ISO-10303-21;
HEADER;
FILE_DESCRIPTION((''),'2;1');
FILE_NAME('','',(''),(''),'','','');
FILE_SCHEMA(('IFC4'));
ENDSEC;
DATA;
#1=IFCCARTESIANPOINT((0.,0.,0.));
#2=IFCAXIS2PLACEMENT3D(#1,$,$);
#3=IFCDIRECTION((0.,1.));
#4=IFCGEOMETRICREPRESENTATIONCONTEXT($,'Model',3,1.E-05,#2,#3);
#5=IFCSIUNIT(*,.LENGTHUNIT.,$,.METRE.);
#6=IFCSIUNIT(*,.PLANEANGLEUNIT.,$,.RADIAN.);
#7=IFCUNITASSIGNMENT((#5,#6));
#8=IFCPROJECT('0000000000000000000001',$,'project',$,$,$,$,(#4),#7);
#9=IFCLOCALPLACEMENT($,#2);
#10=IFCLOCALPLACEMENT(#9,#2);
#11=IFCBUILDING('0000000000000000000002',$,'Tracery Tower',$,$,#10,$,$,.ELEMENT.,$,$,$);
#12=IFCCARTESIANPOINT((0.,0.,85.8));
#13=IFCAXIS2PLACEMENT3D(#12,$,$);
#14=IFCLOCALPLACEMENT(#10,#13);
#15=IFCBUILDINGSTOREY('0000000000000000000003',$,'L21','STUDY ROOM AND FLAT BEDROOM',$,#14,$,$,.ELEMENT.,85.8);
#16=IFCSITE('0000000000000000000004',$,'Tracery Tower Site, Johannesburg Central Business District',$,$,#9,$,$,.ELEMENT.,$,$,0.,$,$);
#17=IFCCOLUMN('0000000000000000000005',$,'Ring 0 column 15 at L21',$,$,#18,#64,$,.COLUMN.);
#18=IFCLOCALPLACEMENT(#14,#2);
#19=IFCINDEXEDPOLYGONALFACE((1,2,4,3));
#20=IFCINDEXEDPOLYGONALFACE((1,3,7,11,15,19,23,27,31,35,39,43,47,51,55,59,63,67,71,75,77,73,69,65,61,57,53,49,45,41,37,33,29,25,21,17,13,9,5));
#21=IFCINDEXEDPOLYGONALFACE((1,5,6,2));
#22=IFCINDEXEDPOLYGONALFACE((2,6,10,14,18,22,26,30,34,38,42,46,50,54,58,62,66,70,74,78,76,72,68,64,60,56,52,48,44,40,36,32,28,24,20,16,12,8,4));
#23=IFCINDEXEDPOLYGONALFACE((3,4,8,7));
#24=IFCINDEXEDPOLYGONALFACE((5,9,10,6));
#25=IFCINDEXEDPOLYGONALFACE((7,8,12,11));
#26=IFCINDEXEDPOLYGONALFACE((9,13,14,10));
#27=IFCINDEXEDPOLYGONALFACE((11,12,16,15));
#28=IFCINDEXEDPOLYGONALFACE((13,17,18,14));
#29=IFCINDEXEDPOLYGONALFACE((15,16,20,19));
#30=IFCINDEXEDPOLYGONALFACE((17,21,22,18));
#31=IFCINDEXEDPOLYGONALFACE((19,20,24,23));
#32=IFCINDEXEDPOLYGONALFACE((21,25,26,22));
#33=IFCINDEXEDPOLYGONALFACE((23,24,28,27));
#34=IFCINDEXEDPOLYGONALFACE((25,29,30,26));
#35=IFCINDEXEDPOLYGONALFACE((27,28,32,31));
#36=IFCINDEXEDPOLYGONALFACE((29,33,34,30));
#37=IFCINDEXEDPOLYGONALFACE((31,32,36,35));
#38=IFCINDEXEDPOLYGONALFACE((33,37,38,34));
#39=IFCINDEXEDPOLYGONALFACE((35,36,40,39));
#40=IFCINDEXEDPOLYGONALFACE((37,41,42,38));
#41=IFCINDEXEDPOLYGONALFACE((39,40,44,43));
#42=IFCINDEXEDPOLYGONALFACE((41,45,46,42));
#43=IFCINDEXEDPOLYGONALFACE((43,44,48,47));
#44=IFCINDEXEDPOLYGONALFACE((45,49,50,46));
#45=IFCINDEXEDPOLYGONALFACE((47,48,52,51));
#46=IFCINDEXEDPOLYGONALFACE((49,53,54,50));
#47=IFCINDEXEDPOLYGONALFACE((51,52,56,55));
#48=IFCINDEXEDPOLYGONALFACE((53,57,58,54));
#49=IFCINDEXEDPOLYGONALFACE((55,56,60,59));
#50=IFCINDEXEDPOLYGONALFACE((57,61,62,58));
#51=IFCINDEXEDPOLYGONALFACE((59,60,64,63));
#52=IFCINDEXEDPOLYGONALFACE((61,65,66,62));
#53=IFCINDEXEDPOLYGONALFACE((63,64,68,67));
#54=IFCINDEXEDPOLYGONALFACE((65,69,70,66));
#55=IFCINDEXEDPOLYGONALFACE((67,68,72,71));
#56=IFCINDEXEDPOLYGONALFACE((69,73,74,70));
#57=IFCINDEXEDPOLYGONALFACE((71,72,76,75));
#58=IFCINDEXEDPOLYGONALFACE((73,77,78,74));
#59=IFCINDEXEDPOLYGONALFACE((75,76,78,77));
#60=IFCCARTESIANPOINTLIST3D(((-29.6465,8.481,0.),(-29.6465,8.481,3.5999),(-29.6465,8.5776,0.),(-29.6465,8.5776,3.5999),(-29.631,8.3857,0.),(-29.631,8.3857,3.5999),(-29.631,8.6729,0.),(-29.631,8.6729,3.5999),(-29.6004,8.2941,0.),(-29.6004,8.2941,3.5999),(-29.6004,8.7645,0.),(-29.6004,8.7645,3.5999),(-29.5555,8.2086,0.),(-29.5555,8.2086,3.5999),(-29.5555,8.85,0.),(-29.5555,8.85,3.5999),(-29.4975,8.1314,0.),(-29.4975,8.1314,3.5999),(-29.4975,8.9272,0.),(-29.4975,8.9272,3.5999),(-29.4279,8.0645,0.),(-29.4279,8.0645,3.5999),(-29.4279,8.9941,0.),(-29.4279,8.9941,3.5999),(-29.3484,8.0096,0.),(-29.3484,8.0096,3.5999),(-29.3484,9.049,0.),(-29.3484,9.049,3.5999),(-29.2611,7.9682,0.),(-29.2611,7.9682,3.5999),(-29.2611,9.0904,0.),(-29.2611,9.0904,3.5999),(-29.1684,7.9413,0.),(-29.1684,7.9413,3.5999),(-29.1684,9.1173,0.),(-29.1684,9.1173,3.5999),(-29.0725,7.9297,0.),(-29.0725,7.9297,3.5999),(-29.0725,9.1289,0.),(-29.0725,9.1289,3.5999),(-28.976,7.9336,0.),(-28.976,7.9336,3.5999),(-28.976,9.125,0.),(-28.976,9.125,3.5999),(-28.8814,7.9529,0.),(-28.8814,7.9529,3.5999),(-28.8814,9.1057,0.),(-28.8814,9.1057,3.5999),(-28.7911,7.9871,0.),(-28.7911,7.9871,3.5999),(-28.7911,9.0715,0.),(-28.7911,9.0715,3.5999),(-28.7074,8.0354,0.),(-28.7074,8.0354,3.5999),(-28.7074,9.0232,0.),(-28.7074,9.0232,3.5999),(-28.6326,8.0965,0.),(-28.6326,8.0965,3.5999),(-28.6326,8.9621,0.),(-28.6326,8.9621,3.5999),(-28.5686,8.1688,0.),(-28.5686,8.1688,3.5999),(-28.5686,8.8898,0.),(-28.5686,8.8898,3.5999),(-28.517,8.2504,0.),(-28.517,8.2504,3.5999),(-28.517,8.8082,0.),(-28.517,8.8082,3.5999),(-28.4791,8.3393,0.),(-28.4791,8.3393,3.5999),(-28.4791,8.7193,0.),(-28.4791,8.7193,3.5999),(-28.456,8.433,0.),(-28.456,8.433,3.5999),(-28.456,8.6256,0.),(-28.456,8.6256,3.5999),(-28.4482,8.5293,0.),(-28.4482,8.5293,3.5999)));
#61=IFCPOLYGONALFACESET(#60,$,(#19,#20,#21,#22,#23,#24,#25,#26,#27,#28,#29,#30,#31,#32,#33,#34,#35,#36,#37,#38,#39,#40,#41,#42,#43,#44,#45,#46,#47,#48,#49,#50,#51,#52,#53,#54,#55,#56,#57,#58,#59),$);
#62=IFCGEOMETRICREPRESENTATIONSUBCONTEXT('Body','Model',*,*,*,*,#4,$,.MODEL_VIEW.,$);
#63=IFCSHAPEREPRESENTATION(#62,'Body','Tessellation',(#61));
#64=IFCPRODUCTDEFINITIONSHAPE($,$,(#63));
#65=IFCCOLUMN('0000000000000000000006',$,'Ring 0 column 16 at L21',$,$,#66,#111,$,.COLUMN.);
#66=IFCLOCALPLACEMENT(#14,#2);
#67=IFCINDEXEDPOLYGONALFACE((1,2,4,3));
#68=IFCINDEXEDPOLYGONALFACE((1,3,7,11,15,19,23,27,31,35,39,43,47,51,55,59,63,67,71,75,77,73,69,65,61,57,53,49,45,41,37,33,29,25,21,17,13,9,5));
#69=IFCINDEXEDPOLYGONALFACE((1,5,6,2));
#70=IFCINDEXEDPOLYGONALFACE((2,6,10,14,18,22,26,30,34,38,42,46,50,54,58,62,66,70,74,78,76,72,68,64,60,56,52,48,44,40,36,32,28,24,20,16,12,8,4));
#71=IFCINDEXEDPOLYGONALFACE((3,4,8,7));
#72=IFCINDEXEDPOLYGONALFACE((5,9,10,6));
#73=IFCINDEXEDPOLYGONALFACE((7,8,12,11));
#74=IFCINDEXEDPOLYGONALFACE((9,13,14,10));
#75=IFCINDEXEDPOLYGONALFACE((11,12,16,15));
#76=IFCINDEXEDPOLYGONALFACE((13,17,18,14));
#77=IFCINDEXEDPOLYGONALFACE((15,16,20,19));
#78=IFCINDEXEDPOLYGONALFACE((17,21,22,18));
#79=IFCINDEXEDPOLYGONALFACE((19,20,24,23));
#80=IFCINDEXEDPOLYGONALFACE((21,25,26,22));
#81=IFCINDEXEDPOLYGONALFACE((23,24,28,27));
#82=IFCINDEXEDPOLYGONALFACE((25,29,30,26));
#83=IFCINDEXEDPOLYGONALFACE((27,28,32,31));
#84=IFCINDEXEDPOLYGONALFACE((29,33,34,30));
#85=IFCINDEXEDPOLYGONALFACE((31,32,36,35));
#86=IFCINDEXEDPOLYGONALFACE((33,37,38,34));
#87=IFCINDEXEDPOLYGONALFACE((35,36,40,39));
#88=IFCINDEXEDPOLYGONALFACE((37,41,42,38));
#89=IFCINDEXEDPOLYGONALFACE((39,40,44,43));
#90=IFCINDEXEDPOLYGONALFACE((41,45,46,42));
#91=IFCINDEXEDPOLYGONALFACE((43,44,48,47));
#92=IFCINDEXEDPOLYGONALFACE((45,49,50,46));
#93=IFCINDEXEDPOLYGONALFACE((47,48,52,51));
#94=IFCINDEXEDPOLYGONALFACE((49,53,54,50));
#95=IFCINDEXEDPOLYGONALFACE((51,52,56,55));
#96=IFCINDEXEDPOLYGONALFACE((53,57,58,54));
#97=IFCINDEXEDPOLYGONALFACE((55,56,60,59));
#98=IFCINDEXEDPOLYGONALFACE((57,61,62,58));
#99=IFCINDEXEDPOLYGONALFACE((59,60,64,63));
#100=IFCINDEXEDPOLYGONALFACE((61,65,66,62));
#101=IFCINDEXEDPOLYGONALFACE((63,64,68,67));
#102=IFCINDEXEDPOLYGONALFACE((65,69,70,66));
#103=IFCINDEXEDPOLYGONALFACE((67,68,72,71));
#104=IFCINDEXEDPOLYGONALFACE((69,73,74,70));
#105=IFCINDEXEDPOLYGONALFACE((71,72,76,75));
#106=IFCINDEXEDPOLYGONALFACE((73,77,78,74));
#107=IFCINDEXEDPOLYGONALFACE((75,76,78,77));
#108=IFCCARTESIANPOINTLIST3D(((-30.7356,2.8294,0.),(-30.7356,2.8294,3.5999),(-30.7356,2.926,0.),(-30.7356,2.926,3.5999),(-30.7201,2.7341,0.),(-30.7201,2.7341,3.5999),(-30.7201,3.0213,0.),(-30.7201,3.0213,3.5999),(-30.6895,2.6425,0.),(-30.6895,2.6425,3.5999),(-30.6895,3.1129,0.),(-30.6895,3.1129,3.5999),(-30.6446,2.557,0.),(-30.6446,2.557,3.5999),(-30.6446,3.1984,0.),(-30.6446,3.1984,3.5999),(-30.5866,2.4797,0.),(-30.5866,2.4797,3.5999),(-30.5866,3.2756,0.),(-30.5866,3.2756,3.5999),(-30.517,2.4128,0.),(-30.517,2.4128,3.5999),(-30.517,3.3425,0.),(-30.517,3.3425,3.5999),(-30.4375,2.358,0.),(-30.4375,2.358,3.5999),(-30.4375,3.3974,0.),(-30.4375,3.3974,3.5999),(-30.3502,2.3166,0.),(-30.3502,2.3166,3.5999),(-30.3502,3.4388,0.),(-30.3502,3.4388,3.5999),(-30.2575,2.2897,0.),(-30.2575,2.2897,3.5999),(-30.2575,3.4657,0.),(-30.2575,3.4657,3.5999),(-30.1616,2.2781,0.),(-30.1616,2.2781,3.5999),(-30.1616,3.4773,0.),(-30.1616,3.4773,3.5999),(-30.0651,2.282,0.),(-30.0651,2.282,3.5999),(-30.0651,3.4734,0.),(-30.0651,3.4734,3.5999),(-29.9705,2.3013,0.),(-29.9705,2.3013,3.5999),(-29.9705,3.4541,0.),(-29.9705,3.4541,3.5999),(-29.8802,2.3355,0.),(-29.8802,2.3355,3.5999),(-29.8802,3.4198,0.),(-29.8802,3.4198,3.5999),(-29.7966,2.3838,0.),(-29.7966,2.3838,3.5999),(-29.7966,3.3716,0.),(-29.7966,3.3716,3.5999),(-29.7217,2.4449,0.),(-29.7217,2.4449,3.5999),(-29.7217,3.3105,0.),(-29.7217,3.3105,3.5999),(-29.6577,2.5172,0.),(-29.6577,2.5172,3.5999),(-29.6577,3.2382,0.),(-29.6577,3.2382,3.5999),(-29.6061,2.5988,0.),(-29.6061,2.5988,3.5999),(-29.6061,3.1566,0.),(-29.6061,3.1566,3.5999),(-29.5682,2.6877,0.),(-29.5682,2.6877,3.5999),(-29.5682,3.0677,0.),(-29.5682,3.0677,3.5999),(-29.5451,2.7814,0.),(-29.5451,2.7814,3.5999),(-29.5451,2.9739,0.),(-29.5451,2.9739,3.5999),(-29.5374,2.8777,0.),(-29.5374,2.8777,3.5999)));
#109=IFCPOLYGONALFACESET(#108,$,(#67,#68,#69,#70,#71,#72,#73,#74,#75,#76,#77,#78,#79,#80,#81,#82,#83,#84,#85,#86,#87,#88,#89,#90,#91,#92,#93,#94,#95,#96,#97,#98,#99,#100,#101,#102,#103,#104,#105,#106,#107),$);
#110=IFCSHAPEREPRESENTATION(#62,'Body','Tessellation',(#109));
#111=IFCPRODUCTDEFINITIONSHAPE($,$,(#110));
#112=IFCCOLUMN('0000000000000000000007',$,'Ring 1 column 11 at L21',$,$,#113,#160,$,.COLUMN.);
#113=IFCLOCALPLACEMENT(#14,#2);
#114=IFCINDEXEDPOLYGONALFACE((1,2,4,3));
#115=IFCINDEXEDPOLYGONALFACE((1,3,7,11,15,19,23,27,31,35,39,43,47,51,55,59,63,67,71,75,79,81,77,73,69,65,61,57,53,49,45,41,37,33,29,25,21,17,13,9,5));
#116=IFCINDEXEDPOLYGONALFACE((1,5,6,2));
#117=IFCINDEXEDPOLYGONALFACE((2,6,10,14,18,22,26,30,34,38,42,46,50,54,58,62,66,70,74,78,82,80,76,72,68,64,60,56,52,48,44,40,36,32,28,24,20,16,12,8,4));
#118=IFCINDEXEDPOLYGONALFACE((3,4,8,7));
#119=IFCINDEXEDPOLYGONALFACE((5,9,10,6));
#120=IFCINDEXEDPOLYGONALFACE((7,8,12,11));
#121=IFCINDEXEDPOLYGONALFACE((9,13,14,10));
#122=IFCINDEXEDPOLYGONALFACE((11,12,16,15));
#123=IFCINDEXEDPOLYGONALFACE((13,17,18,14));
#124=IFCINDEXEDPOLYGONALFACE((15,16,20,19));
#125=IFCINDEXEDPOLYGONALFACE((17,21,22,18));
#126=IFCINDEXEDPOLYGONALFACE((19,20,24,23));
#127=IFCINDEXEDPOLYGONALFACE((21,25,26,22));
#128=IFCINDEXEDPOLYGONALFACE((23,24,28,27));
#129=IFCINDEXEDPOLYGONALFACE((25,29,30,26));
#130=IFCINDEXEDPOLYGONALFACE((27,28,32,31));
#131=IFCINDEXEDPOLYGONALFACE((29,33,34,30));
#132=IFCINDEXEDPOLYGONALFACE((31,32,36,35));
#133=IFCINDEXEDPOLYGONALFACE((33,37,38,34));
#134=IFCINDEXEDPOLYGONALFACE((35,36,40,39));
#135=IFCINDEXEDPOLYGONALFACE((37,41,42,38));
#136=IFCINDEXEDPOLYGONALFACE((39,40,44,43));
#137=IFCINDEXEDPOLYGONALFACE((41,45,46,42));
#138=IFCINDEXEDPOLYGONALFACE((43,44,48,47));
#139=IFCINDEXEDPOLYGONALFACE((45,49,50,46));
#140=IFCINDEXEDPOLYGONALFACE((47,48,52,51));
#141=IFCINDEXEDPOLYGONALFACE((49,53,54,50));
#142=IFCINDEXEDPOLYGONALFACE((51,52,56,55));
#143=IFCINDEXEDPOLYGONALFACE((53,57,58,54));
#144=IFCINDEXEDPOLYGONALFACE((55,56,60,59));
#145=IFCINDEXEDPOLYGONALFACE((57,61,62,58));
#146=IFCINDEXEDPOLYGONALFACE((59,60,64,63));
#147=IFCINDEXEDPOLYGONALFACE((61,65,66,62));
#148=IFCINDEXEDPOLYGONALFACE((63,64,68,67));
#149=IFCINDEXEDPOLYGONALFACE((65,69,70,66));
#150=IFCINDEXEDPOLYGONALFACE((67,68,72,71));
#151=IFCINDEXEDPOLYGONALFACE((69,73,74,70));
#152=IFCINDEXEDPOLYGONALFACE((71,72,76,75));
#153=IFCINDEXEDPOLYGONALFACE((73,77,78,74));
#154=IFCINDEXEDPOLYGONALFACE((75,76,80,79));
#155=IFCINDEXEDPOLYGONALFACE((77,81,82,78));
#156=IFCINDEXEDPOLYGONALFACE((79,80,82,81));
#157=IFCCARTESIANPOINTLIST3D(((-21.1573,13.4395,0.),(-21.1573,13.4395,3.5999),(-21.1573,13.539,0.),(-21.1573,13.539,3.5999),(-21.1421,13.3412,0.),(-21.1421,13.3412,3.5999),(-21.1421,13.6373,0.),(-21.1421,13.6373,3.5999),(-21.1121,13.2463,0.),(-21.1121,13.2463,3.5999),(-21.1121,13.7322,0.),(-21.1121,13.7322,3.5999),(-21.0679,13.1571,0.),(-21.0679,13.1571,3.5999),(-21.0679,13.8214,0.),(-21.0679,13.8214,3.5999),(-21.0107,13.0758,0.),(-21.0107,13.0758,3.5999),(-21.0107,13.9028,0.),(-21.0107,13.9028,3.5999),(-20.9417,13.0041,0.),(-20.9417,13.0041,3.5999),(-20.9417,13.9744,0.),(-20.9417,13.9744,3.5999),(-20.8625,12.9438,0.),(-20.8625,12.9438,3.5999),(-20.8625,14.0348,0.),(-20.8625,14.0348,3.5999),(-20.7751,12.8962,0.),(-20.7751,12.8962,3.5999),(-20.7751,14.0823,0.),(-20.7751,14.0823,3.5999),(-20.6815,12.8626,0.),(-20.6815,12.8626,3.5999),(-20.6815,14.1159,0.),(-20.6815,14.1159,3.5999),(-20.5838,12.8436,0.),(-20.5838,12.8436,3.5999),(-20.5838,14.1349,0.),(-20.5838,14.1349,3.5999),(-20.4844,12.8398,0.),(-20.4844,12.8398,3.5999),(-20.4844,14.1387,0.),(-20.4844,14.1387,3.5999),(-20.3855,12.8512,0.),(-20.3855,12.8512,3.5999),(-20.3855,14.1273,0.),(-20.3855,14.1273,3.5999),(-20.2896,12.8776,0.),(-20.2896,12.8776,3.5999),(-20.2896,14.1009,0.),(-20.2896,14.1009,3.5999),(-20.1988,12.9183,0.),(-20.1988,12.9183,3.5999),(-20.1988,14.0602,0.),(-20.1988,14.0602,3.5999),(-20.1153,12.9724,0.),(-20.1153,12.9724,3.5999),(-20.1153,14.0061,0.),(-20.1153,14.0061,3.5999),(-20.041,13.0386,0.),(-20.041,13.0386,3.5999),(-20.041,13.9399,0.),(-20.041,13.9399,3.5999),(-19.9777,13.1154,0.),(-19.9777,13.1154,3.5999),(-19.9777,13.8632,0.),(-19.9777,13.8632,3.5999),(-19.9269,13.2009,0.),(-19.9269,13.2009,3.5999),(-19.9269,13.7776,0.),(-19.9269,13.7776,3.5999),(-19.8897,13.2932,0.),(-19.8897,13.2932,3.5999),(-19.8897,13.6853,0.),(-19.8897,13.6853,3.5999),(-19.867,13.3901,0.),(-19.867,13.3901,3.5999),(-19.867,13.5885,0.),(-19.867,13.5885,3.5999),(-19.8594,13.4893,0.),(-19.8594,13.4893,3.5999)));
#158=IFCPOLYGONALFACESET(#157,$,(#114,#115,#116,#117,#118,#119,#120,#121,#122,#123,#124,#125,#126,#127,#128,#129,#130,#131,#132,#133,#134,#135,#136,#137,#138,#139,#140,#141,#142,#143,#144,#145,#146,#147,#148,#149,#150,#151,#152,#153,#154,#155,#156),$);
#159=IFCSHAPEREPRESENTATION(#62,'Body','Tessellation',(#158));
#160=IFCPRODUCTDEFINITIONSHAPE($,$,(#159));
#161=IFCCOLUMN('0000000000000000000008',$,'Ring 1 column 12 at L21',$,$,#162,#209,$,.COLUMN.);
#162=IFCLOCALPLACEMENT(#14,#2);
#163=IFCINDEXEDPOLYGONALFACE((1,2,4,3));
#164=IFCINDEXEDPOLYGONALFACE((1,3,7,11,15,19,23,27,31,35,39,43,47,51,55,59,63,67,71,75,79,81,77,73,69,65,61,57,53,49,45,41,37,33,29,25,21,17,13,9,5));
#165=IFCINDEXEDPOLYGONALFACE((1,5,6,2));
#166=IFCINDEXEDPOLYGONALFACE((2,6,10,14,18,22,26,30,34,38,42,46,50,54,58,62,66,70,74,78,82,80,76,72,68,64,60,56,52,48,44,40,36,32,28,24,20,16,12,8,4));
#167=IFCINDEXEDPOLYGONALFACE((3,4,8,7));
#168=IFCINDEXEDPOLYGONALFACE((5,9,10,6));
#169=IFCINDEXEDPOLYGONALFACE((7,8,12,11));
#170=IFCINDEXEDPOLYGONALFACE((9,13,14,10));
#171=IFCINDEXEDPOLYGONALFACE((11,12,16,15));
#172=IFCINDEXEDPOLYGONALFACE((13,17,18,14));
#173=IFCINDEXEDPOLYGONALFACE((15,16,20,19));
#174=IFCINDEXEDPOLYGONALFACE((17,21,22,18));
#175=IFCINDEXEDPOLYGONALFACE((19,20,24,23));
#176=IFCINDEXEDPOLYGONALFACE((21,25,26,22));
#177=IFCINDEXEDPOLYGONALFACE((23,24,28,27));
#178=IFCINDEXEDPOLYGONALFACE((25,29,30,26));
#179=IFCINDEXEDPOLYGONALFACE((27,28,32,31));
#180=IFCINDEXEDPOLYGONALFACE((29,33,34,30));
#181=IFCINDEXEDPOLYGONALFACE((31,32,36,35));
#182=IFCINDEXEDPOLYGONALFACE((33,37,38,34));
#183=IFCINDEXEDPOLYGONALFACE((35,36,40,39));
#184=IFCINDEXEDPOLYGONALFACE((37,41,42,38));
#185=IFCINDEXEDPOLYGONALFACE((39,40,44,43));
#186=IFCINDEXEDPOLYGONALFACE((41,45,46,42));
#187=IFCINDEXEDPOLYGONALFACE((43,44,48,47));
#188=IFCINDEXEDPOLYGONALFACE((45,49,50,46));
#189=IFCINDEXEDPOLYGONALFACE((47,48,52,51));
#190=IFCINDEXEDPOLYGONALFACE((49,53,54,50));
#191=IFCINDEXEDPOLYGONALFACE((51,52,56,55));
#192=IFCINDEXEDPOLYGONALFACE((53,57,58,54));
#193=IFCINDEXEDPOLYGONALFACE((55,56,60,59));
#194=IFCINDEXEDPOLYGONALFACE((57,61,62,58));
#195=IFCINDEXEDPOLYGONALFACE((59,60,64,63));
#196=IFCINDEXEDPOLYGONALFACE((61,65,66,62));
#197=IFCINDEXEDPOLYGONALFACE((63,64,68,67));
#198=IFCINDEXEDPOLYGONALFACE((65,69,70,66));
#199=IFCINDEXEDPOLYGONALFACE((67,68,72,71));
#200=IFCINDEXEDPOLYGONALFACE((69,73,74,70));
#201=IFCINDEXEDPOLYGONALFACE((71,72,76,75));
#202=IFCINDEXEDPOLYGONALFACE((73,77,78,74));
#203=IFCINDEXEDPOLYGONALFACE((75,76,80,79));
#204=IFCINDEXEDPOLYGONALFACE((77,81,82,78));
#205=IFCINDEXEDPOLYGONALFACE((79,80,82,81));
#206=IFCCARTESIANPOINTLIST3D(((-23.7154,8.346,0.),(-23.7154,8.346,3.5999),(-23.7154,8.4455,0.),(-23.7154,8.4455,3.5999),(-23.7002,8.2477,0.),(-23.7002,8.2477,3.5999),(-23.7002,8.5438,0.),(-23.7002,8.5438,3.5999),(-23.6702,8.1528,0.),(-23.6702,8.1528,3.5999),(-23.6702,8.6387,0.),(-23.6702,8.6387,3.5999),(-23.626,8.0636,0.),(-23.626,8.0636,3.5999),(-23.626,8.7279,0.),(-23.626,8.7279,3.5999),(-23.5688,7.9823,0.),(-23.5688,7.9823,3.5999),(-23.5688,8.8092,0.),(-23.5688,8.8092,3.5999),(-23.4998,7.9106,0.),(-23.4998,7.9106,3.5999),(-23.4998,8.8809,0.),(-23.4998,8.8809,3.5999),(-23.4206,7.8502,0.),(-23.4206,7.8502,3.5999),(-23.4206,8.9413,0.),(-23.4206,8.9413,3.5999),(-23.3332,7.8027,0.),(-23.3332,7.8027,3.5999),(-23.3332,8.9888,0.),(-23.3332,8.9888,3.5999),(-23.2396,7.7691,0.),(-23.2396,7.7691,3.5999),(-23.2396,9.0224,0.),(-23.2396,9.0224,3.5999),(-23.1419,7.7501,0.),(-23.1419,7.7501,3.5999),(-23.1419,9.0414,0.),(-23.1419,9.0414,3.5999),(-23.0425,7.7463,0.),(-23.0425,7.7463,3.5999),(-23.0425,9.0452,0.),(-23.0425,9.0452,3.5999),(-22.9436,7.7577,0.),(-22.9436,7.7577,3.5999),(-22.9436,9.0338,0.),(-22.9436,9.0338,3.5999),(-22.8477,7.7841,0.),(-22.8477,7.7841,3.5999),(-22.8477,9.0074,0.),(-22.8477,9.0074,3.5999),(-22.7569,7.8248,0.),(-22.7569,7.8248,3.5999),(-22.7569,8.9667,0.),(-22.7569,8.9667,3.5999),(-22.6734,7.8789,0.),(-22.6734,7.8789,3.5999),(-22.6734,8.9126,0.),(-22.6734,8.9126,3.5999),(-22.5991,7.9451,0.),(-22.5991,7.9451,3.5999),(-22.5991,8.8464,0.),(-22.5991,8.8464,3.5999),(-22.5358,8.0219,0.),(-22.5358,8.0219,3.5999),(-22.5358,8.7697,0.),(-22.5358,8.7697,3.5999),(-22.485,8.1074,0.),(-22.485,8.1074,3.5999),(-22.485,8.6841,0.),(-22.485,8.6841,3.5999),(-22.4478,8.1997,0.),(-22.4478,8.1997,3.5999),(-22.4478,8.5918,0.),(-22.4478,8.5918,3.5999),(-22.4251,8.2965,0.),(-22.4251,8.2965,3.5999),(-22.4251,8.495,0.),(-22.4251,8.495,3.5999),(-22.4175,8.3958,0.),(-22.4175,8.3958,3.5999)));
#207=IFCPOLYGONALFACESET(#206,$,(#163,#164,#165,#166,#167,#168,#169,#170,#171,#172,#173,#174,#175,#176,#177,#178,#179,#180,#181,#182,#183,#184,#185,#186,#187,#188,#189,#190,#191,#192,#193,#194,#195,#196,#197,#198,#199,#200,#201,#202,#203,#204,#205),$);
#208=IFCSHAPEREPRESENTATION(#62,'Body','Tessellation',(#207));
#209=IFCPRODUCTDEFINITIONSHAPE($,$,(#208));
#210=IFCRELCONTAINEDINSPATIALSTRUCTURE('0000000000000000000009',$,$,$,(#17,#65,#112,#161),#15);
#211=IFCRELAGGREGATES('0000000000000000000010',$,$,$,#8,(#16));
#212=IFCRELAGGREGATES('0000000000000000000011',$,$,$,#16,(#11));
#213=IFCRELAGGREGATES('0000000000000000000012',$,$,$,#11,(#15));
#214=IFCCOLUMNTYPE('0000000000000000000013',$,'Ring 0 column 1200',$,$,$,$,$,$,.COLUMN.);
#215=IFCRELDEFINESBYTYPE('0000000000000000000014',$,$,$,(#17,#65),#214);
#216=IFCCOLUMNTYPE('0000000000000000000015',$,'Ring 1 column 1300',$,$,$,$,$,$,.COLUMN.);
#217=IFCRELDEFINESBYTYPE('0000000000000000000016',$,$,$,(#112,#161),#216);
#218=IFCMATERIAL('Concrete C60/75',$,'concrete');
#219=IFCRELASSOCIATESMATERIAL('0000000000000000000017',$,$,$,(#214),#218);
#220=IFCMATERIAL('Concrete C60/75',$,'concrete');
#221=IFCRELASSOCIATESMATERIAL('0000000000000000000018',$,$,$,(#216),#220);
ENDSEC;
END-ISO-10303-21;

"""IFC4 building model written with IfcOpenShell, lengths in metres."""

from ifc_helpers import new_model, si_unit, direction, frame, origin, origin_2d, place, context, subcontext, project, spatial, circle, extrude, material, material_profile, profile_set, type_object, element, save


model = new_model("IFC4")

# Units and contexts
model_context = context("Model", 3, precision=1e-05, world=origin(), true_north=direction((0.0, 1.0)))
body_context = subcontext(model_context, "Body", "Model", "MODEL_VIEW")
ifc_project = project(units=[si_unit("LENGTHUNIT", "METRE"), si_unit("PLANEANGLEUNIT", "RADIAN")], contexts=[model_context])

# Site, building, storey
site_placement = place(None, origin())
site = spatial("IfcSite", under=ifc_project, at=site_placement, Name="Tracery Tower Site, Johannesburg Central Business District", CompositionType="ELEMENT", RefElevation=0.0)
building_placement = place(site_placement, origin())
building = spatial("IfcBuilding", under=site, at=building_placement, Name="Tracery Tower", CompositionType="ELEMENT")
storey_placement = place(building_placement, frame((0.0, 0.0, 85.8)))
storey = spatial("IfcBuildingStorey", under=building, at=storey_placement, Name="L21", Description="STUDY ROOM AND FLAT BEDROOM", CompositionType="ELEMENT", Elevation=85.8)

# Columns
ifc_material_1 = material(Name="Concrete C60/75", Category="concrete")
ifc_material_profile_1 = material_profile(ifc_material_1, circle(Radius=0.6001, at=origin_2d()), Name="RC D1200")
ifc_profile_set_1 = profile_set([ifc_material_profile_1], Name="Concrete C60/75")
column_type_1 = type_object("IfcColumnType", Name="Ring 0 column 1200", PredefinedType="COLUMN", material=ifc_profile_set_1)
for number, where, z_axis, x_axis, name in (
    (1, (-29.0483, 8.5293, 0.0), (0.0, 0.0, 1.0), (1.0, 0.0, 0.0), "Ring 0 column 15 at L21"),
    (2, (-30.1375, 2.8777, 0.0), (0.0, 0.0, 1.0), (1.0, 0.0, 0.0), "Ring 0 column 16 at L21"),
):
    element("IfcColumn", number, at=place(storey_placement, frame(where, z_axis=z_axis, x_axis=x_axis)), inside=storey, type_object=column_type_1, Name=name, PredefinedType="COLUMN", context=body_context, shape_type="SweptSolid", body=[
        extrude(circle(Radius=0.6001, at=origin_2d()), origin(), (0.0, 0.0, 1.0), 3.5999),
    ])
ifc_material_2 = material(Name="Concrete C60/75", Category="concrete")
ifc_material_profile_2 = material_profile(ifc_material_2, circle(Radius=0.6499, at=origin_2d()), Name="RC D1300")
ifc_profile_set_2 = profile_set([ifc_material_profile_2], Name="Concrete C60/75")
column_type_2 = type_object("IfcColumnType", Name="Ring 1 column 1300", PredefinedType="COLUMN", material=ifc_profile_set_2)
for number, where, z_axis, x_axis, name in (
    (3, (-20.5093, 13.4893, 0.0), (0.0, 0.0, 1.0), (1.0, 0.0, 0.0), "Ring 1 column 11 at L21"),
    (4, (-23.0674, 8.3958, 0.0), (0.0, 0.0, 1.0), (1.0, 0.0, 0.0), "Ring 1 column 12 at L21"),
):
    element("IfcColumn", number, at=place(storey_placement, frame(where, z_axis=z_axis, x_axis=x_axis)), inside=storey, type_object=column_type_2, Name=name, PredefinedType="COLUMN", context=body_context, shape_type="SweptSolid", body=[
        extrude(circle(Radius=0.6499, at=origin_2d()), origin(), (0.0, 0.0, 1.0), 3.5999),
    ])

save(model, "model.ifc")
